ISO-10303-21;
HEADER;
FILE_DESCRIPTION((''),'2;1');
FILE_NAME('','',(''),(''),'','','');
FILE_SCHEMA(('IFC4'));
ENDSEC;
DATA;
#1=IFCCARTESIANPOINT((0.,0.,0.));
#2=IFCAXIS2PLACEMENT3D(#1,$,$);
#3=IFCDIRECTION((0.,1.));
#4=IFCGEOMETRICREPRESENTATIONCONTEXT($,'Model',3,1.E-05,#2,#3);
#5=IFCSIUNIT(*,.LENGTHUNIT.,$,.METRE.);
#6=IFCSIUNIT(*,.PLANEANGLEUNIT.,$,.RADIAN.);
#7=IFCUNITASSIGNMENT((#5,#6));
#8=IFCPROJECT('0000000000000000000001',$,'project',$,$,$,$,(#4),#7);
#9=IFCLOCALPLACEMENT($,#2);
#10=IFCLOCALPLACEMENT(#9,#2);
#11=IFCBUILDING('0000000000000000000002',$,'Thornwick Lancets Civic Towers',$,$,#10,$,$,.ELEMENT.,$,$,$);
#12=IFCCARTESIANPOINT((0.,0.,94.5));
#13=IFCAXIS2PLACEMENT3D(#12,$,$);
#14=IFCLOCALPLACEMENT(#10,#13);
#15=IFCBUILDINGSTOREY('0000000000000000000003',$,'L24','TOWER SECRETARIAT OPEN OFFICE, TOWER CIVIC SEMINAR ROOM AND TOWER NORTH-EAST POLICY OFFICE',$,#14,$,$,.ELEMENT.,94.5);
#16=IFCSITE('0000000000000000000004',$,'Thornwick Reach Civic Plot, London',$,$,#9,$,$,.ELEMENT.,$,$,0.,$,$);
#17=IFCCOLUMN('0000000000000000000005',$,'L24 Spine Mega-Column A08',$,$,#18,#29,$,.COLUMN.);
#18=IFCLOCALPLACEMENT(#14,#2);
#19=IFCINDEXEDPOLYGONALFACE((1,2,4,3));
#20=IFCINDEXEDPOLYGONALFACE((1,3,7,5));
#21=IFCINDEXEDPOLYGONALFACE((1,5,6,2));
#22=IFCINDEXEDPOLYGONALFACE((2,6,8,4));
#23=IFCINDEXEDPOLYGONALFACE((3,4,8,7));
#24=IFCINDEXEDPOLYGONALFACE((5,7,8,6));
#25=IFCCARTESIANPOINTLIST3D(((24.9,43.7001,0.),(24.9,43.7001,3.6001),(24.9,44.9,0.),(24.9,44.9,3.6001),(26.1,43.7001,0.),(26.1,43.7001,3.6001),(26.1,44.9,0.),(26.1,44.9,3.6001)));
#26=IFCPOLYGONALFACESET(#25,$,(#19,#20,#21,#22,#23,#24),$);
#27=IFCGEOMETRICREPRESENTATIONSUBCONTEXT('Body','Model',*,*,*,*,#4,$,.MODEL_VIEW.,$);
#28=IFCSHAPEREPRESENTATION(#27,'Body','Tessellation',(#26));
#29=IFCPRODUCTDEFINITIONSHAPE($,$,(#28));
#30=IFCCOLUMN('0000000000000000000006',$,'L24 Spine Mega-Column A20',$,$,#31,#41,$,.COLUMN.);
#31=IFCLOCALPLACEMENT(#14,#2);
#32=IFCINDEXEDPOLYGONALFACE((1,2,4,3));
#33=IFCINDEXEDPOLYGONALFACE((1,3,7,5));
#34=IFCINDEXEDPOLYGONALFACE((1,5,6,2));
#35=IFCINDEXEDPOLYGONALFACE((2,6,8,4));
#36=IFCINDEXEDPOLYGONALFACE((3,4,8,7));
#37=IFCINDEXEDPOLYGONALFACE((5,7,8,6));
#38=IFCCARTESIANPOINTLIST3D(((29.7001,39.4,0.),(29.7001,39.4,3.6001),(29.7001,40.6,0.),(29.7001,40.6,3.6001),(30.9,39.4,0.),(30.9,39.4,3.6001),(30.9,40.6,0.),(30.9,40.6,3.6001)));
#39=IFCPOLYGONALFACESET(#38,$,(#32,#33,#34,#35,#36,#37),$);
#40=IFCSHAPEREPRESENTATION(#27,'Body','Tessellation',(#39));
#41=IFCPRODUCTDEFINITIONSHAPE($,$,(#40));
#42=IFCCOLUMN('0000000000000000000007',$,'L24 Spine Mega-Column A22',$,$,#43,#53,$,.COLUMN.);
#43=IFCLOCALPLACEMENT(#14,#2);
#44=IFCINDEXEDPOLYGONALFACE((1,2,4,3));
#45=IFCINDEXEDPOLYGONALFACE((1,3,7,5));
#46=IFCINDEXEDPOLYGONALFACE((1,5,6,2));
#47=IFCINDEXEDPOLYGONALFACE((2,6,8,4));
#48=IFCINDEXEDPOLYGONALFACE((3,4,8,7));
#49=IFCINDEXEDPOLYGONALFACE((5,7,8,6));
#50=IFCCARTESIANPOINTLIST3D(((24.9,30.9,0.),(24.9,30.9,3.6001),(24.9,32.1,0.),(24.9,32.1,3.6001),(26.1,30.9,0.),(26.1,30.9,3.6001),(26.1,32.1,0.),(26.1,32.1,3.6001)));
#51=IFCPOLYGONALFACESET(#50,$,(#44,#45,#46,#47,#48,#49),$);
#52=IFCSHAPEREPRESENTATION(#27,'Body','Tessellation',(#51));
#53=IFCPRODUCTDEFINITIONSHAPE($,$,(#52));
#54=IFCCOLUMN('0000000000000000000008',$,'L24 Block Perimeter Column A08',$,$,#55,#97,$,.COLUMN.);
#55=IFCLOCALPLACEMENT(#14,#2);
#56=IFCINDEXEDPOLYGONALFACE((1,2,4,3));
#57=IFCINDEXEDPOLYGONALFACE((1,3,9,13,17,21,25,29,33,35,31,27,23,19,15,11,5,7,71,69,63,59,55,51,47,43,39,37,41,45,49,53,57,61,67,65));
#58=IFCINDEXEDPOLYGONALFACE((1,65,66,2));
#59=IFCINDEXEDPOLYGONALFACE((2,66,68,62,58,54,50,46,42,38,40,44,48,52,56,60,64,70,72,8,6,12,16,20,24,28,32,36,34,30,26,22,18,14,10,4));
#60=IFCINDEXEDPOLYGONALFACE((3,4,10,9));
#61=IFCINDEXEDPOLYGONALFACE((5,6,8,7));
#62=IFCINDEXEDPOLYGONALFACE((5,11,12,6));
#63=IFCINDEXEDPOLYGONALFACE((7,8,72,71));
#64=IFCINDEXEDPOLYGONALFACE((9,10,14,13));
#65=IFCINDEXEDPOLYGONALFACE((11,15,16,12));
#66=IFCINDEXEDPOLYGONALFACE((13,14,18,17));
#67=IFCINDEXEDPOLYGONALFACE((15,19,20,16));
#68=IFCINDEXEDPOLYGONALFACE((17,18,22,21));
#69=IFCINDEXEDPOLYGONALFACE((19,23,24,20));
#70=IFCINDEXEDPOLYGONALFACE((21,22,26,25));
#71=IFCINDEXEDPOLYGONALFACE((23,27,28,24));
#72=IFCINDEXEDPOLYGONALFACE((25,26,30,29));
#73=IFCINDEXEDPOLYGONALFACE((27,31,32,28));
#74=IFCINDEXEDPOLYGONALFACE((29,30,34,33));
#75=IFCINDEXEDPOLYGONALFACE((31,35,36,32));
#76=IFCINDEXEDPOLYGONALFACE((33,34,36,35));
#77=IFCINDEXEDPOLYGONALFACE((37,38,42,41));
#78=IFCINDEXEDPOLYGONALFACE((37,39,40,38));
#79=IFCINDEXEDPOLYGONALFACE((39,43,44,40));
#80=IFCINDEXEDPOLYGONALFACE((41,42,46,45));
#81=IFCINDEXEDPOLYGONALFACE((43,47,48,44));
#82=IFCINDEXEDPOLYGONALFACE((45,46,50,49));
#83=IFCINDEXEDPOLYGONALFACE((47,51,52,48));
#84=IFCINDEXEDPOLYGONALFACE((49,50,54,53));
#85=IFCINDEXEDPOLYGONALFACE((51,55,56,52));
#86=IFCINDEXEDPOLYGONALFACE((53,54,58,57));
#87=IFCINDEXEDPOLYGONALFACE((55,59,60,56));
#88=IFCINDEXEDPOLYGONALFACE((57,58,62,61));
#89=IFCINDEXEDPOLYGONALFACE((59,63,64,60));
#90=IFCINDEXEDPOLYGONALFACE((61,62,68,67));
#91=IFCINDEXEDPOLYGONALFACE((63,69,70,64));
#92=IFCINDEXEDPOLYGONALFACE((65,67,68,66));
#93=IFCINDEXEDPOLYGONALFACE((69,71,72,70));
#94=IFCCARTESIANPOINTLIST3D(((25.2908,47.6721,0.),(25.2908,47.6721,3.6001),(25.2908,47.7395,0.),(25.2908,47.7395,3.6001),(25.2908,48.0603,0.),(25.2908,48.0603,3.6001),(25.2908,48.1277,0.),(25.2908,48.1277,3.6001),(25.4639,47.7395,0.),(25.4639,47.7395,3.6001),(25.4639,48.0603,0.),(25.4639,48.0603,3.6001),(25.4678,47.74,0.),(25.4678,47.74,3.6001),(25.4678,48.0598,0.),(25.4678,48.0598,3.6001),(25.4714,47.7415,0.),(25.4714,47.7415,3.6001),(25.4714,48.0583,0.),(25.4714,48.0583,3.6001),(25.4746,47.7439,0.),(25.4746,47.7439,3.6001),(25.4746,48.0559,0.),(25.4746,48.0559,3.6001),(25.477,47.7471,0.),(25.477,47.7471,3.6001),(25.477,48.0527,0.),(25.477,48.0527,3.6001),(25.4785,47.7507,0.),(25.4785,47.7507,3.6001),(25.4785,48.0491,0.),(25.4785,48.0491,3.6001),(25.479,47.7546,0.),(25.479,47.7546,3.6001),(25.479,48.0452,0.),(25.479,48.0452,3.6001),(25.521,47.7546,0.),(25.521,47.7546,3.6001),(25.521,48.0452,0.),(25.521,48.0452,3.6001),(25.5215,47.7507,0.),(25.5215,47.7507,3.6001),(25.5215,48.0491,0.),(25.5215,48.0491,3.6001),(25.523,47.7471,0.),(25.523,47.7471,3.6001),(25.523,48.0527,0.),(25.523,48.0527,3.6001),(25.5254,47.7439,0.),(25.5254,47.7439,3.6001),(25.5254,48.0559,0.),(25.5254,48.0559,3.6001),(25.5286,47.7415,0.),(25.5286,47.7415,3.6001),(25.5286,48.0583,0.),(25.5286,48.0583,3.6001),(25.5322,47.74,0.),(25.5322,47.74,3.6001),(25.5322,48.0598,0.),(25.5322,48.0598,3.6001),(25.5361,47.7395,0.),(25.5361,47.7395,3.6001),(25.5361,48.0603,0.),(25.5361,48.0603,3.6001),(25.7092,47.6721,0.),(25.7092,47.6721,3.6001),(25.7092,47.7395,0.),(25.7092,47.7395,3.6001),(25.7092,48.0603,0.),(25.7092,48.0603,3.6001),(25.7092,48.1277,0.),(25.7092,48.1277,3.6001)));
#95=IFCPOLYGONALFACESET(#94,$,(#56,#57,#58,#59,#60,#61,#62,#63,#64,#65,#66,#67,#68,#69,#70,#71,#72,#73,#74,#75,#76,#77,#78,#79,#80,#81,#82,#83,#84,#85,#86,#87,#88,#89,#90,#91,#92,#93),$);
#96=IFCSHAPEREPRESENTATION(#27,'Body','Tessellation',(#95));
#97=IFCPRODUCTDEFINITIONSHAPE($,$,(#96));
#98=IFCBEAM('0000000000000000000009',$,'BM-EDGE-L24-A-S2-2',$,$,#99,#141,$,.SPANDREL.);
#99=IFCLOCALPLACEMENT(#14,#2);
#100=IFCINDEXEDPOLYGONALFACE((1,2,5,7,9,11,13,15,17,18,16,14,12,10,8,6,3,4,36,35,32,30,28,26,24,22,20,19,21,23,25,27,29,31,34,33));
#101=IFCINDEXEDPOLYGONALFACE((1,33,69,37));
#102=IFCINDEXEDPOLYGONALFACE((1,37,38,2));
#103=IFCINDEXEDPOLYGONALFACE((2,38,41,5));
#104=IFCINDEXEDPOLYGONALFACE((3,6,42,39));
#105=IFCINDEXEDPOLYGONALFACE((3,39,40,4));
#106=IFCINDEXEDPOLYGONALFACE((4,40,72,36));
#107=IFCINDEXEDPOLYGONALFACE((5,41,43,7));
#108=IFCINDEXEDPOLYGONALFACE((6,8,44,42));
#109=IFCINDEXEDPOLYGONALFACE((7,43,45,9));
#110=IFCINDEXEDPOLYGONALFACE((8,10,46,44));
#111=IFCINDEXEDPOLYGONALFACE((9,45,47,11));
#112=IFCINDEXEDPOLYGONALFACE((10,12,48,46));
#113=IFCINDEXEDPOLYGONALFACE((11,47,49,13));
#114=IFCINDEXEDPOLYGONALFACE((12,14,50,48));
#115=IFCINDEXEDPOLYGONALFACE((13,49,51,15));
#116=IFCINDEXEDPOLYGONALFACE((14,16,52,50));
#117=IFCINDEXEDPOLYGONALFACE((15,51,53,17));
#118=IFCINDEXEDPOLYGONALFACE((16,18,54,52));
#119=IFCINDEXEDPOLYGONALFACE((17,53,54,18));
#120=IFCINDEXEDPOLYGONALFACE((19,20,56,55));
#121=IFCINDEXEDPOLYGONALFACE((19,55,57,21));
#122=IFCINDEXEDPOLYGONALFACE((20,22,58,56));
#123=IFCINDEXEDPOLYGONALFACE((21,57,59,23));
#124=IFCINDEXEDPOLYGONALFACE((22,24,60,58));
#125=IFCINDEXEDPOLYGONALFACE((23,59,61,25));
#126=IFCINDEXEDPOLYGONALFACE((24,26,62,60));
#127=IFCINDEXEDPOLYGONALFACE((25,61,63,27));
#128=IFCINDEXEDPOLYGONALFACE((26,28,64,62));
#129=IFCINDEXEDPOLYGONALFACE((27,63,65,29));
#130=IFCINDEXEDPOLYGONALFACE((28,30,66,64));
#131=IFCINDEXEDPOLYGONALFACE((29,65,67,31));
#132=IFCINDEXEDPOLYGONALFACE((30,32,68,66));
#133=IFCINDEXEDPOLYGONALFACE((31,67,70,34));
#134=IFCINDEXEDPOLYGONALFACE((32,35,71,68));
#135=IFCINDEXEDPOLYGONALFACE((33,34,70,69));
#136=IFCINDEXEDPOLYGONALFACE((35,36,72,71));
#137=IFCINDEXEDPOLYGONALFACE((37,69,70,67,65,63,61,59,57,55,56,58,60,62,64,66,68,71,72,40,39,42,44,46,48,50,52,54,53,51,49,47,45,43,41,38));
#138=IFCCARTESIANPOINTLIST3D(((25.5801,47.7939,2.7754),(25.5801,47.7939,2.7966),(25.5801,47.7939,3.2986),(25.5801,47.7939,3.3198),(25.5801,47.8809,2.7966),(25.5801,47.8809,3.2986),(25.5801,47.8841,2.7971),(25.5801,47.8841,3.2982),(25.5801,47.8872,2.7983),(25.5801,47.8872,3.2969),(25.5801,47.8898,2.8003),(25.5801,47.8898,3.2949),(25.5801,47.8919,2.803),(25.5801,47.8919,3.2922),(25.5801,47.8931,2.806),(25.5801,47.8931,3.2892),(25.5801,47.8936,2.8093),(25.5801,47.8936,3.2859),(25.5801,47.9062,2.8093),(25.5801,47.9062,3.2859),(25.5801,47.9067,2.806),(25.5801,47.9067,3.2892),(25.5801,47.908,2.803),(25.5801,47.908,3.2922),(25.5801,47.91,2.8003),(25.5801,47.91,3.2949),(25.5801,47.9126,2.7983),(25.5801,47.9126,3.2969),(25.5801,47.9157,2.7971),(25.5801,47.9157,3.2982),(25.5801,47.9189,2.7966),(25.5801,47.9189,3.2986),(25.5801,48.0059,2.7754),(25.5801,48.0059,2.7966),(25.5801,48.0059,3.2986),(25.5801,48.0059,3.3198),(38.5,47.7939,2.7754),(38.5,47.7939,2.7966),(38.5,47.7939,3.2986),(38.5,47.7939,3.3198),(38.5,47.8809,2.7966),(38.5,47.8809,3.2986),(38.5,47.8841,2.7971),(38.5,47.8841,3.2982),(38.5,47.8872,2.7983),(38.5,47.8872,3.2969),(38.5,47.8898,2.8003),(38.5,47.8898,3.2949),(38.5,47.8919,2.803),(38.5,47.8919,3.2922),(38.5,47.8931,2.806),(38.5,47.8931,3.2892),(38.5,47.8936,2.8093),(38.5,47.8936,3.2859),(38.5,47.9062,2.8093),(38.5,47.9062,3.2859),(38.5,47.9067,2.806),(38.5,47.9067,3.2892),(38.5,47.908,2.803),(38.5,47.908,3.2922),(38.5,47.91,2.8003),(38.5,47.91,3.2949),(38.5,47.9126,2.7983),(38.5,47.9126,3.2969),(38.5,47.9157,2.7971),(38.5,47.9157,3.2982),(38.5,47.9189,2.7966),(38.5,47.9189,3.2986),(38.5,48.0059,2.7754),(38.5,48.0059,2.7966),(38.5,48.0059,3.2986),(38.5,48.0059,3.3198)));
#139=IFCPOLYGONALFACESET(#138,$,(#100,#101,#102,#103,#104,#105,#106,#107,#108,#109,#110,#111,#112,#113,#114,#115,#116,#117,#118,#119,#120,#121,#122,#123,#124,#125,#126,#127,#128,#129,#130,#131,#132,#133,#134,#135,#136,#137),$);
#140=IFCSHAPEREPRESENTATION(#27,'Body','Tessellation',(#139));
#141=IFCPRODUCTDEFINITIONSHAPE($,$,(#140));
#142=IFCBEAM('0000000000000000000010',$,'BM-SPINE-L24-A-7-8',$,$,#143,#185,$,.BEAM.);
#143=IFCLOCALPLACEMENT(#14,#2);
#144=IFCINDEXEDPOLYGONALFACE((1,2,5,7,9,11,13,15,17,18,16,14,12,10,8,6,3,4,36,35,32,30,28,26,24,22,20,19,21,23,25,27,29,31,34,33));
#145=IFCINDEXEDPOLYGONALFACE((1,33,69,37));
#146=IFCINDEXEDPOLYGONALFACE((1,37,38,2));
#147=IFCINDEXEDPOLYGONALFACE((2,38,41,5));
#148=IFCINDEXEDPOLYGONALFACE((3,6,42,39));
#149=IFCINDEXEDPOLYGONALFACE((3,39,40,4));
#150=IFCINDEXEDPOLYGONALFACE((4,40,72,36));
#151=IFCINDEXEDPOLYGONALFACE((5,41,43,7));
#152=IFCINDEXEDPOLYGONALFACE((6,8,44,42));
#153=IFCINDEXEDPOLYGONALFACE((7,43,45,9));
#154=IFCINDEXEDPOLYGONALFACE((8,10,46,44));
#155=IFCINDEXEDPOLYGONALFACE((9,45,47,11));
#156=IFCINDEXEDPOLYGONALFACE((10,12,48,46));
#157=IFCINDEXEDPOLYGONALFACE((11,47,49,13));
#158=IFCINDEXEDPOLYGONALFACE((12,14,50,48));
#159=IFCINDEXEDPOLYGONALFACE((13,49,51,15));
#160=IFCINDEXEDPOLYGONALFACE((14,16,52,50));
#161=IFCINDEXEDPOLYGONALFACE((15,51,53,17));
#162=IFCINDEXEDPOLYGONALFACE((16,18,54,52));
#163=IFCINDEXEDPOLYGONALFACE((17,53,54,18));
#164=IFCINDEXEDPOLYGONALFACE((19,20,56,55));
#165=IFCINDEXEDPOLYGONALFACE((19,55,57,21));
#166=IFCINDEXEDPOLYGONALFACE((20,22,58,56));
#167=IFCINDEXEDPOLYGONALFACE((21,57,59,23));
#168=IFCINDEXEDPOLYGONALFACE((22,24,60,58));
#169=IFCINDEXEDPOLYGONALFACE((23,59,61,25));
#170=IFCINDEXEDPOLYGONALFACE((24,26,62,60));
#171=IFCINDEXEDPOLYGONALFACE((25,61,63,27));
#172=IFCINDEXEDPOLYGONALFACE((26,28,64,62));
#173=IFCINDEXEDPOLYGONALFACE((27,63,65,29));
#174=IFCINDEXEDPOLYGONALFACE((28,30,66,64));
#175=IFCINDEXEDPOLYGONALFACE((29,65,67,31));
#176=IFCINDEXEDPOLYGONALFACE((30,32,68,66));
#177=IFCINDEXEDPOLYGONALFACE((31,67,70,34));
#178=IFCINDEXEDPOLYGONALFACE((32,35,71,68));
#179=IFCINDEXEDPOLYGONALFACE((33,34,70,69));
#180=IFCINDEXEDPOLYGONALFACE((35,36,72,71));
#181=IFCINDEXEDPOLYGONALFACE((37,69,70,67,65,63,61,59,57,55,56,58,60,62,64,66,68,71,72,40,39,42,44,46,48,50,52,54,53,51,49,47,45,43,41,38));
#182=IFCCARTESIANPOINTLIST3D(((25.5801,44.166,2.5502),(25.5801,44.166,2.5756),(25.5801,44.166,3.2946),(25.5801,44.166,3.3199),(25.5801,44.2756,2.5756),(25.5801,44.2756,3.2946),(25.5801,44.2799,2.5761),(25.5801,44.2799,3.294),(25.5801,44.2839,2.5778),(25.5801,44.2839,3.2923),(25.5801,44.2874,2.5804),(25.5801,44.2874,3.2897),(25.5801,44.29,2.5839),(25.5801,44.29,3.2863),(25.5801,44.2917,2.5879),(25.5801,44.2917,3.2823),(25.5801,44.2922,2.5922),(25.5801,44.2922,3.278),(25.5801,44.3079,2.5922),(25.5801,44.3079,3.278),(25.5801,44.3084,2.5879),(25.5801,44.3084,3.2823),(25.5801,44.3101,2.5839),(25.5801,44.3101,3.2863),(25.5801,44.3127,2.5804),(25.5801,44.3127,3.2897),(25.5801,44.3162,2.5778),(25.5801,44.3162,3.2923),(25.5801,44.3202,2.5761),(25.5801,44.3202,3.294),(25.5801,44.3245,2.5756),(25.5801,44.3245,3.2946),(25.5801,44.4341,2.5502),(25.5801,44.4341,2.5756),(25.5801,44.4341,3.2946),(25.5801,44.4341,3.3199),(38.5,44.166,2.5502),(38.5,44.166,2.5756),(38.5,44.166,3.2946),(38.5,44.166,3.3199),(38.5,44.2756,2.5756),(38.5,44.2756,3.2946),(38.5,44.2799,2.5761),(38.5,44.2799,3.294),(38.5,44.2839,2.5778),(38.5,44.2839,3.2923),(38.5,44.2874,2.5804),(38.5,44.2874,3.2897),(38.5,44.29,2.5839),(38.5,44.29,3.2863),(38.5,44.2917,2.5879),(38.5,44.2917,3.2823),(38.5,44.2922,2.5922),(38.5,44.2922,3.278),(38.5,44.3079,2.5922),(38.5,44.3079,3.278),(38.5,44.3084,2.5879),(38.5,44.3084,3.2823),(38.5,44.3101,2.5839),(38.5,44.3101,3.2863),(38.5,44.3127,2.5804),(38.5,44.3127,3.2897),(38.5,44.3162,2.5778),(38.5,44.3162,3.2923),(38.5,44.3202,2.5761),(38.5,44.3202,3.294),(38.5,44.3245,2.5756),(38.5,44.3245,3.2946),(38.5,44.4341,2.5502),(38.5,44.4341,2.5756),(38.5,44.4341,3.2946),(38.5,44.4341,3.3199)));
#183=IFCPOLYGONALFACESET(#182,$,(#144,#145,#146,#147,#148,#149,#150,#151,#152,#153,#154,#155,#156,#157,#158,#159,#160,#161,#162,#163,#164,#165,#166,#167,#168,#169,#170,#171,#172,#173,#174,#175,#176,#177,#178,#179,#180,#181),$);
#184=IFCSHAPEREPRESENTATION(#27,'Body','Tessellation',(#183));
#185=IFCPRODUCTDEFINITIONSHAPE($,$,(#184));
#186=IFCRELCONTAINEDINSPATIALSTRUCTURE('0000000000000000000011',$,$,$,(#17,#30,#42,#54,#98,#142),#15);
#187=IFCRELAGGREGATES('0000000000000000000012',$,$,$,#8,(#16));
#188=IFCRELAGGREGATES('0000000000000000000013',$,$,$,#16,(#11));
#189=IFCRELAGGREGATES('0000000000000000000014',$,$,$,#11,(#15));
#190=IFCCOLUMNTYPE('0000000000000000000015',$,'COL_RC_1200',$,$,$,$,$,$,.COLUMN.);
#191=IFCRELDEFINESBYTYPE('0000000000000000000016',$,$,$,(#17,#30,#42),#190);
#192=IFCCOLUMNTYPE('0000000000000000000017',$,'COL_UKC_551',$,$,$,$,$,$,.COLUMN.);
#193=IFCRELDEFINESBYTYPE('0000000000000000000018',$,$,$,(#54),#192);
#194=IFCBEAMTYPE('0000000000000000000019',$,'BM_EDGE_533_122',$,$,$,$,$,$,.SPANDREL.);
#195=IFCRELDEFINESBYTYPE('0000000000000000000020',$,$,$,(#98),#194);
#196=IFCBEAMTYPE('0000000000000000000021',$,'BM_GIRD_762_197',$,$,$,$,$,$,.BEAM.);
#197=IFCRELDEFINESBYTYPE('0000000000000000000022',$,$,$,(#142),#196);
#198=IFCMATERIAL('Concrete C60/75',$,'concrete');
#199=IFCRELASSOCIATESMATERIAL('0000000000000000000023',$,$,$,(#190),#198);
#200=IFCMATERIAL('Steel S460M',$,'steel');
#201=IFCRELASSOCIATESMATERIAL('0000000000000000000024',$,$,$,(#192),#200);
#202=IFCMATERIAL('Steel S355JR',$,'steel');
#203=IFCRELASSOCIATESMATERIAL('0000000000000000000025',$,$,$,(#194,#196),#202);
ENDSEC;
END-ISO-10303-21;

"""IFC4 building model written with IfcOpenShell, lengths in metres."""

from ifc_helpers import new_model, si_unit, direction, frame, origin, origin_2d, place, context, subcontext, project, spatial, rectangle, i_section, extrude, material, material_profile, profile_set, type_object, element, save


model = new_model("IFC4")

# Units and contexts
model_context = context("Model", 3, precision=1e-05, world=origin(), true_north=direction((0.0, 1.0)))
body_context = subcontext(model_context, "Body", "Model", "MODEL_VIEW")
ifc_project = project(units=[si_unit("LENGTHUNIT", "METRE"), si_unit("PLANEANGLEUNIT", "RADIAN")], contexts=[model_context])

# Site, building, storey
site_placement = place(None, origin())
site = spatial("IfcSite", under=ifc_project, at=site_placement, Name="Thornwick Reach Civic Plot, London", CompositionType="ELEMENT", RefElevation=0.0)
building_placement = place(site_placement, origin())
building = spatial("IfcBuilding", under=site, at=building_placement, Name="Thornwick Lancets Civic Towers", CompositionType="ELEMENT")
storey_placement = place(building_placement, frame((0.0, 0.0, 94.5)))
storey = spatial("IfcBuildingStorey", under=building, at=storey_placement, Name="L24", Description="TOWER SECRETARIAT OPEN OFFICE, TOWER CIVIC SEMINAR ROOM AND TOWER NORTH-EAST POLICY OFFICE", CompositionType="ELEMENT", Elevation=94.5)

# Columns
ifc_material_1 = material(Name="Concrete C60/75", Category="concrete")
ifc_material_profile_1 = material_profile(ifc_material_1, rectangle(XDim=1.2, YDim=1.2, at=origin_2d()), Name="RC 1200x1200")
ifc_profile_set_1 = profile_set([ifc_material_profile_1], Name="Concrete C60/75")
column_type_1 = type_object("IfcColumnType", Name="COL_RC_1200", PredefinedType="COLUMN", material=ifc_profile_set_1)
for number, where, z_axis, x_axis, name in (
    (1, (25.5, 44.3, 0.0), (0.0, 0.0, 1.0), (1.0, 0.0, 0.0), "L24 Spine Mega-Column A08"),
    (2, (30.3, 40.0, 0.0), (0.0, 0.0, 1.0), (1.0, 0.0, 0.0), "L24 Spine Mega-Column A20"),
    (3, (25.5, 31.5, 0.0), (0.0, 0.0, 1.0), (1.0, 0.0, 0.0), "L24 Spine Mega-Column A22"),
):
    element("IfcColumn", number, at=place(storey_placement, frame(where, z_axis=z_axis, x_axis=x_axis)), inside=storey, type_object=column_type_1, Name=name, PredefinedType="COLUMN", context=body_context, shape_type="SweptSolid", body=[
        extrude(rectangle(XDim=1.2, YDim=1.2, at=origin_2d()), origin(), (0.0, 0.0, 1.0), 3.6001),
    ])
ifc_material_2 = material(Name="Steel S460M", Category="steel")
ifc_material_profile_2 = material_profile(ifc_material_2, i_section(OverallWidth=0.4185, OverallDepth=0.4556, WebThickness=0.042, FlangeThickness=0.0674, FilletRadius=0.0151, at=origin_2d()), Name="UKC 356x406x551")
ifc_profile_set_2 = profile_set([ifc_material_profile_2], Name="Steel S460M")
column_type_2 = type_object("IfcColumnType", Name="COL_UKC_551", PredefinedType="COLUMN", material=ifc_profile_set_2)
column_placement = place(storey_placement, frame((25.5, 47.8999, 0.0), z_axis=(0.0, 0.0, 1.0), x_axis=(1.0, 0.0, 0.0)))
element("IfcColumn", 4, at=column_placement, inside=storey, type_object=column_type_2, Name="L24 Block Perimeter Column A08", PredefinedType="COLUMN", context=body_context, shape_type="SweptSolid", body=[
    extrude(i_section(OverallWidth=0.4185, OverallDepth=0.4556, WebThickness=0.042, FlangeThickness=0.0674, FilletRadius=0.0151, at=origin_2d()), origin(), (0.0, 0.0, 1.0), 3.6001),
])

# Beams
ifc_material_3 = material(Name="Steel S355JR", Category="steel")
ifc_material_profile_3 = material_profile(ifc_material_3, i_section(OverallWidth=0.2119, OverallDepth=0.5444, WebThickness=0.0127, FlangeThickness=0.0212, FilletRadius=0.0127, at=origin_2d()), Name="UKB 533x210x122")
ifc_profile_set_3 = profile_set([ifc_material_profile_3], Name="Steel S355JR")
beam_type_1 = type_object("IfcBeamType", Name="BM_EDGE_533_122", PredefinedType="SPANDREL", material=ifc_profile_set_3)
beam_1_placement = place(storey_placement, frame((25.5801, 47.8999, 3.0476), z_axis=(1.0, 0.0, 0.0), x_axis=(0.0, 1.0, 0.0)))
element("IfcBeam", 5, at=beam_1_placement, inside=storey, type_object=beam_type_1, Name="BM-EDGE-L24-A-S2-2", PredefinedType="SPANDREL", context=body_context, shape_type="SweptSolid", body=[
    extrude(i_section(OverallWidth=0.2119, OverallDepth=0.5444, WebThickness=0.0127, FlangeThickness=0.0212, FilletRadius=0.0127, at=origin_2d()), origin(), (0.0, 0.0, 1.0), 12.9199),
])
ifc_material_profile_4 = material_profile(ifc_material_3, i_section(OverallWidth=0.2681, OverallDepth=0.7698, WebThickness=0.0156, FlangeThickness=0.0254, FilletRadius=0.0166, at=origin_2d()), Name="UKB 762x267x197")
ifc_profile_set_4 = profile_set([ifc_material_profile_4], Name="Steel S355JR")
beam_type_2 = type_object("IfcBeamType", Name="BM_GIRD_762_197", PredefinedType="BEAM", material=ifc_profile_set_4)
beam_2_placement = place(storey_placement, frame((25.5801, 44.3, 2.9351), z_axis=(1.0, 0.0, 0.0), x_axis=(0.0, 1.0, 0.0)))
element("IfcBeam", 6, at=beam_2_placement, inside=storey, type_object=beam_type_2, Name="BM-SPINE-L24-A-7-8", PredefinedType="BEAM", context=body_context, shape_type="SweptSolid", body=[
    extrude(i_section(OverallWidth=0.2681, OverallDepth=0.7698, WebThickness=0.0156, FlangeThickness=0.0254, FilletRadius=0.0166, at=origin_2d()), origin(), (0.0, 0.0, 1.0), 12.9199),
])

save(model, "model.ifc")
